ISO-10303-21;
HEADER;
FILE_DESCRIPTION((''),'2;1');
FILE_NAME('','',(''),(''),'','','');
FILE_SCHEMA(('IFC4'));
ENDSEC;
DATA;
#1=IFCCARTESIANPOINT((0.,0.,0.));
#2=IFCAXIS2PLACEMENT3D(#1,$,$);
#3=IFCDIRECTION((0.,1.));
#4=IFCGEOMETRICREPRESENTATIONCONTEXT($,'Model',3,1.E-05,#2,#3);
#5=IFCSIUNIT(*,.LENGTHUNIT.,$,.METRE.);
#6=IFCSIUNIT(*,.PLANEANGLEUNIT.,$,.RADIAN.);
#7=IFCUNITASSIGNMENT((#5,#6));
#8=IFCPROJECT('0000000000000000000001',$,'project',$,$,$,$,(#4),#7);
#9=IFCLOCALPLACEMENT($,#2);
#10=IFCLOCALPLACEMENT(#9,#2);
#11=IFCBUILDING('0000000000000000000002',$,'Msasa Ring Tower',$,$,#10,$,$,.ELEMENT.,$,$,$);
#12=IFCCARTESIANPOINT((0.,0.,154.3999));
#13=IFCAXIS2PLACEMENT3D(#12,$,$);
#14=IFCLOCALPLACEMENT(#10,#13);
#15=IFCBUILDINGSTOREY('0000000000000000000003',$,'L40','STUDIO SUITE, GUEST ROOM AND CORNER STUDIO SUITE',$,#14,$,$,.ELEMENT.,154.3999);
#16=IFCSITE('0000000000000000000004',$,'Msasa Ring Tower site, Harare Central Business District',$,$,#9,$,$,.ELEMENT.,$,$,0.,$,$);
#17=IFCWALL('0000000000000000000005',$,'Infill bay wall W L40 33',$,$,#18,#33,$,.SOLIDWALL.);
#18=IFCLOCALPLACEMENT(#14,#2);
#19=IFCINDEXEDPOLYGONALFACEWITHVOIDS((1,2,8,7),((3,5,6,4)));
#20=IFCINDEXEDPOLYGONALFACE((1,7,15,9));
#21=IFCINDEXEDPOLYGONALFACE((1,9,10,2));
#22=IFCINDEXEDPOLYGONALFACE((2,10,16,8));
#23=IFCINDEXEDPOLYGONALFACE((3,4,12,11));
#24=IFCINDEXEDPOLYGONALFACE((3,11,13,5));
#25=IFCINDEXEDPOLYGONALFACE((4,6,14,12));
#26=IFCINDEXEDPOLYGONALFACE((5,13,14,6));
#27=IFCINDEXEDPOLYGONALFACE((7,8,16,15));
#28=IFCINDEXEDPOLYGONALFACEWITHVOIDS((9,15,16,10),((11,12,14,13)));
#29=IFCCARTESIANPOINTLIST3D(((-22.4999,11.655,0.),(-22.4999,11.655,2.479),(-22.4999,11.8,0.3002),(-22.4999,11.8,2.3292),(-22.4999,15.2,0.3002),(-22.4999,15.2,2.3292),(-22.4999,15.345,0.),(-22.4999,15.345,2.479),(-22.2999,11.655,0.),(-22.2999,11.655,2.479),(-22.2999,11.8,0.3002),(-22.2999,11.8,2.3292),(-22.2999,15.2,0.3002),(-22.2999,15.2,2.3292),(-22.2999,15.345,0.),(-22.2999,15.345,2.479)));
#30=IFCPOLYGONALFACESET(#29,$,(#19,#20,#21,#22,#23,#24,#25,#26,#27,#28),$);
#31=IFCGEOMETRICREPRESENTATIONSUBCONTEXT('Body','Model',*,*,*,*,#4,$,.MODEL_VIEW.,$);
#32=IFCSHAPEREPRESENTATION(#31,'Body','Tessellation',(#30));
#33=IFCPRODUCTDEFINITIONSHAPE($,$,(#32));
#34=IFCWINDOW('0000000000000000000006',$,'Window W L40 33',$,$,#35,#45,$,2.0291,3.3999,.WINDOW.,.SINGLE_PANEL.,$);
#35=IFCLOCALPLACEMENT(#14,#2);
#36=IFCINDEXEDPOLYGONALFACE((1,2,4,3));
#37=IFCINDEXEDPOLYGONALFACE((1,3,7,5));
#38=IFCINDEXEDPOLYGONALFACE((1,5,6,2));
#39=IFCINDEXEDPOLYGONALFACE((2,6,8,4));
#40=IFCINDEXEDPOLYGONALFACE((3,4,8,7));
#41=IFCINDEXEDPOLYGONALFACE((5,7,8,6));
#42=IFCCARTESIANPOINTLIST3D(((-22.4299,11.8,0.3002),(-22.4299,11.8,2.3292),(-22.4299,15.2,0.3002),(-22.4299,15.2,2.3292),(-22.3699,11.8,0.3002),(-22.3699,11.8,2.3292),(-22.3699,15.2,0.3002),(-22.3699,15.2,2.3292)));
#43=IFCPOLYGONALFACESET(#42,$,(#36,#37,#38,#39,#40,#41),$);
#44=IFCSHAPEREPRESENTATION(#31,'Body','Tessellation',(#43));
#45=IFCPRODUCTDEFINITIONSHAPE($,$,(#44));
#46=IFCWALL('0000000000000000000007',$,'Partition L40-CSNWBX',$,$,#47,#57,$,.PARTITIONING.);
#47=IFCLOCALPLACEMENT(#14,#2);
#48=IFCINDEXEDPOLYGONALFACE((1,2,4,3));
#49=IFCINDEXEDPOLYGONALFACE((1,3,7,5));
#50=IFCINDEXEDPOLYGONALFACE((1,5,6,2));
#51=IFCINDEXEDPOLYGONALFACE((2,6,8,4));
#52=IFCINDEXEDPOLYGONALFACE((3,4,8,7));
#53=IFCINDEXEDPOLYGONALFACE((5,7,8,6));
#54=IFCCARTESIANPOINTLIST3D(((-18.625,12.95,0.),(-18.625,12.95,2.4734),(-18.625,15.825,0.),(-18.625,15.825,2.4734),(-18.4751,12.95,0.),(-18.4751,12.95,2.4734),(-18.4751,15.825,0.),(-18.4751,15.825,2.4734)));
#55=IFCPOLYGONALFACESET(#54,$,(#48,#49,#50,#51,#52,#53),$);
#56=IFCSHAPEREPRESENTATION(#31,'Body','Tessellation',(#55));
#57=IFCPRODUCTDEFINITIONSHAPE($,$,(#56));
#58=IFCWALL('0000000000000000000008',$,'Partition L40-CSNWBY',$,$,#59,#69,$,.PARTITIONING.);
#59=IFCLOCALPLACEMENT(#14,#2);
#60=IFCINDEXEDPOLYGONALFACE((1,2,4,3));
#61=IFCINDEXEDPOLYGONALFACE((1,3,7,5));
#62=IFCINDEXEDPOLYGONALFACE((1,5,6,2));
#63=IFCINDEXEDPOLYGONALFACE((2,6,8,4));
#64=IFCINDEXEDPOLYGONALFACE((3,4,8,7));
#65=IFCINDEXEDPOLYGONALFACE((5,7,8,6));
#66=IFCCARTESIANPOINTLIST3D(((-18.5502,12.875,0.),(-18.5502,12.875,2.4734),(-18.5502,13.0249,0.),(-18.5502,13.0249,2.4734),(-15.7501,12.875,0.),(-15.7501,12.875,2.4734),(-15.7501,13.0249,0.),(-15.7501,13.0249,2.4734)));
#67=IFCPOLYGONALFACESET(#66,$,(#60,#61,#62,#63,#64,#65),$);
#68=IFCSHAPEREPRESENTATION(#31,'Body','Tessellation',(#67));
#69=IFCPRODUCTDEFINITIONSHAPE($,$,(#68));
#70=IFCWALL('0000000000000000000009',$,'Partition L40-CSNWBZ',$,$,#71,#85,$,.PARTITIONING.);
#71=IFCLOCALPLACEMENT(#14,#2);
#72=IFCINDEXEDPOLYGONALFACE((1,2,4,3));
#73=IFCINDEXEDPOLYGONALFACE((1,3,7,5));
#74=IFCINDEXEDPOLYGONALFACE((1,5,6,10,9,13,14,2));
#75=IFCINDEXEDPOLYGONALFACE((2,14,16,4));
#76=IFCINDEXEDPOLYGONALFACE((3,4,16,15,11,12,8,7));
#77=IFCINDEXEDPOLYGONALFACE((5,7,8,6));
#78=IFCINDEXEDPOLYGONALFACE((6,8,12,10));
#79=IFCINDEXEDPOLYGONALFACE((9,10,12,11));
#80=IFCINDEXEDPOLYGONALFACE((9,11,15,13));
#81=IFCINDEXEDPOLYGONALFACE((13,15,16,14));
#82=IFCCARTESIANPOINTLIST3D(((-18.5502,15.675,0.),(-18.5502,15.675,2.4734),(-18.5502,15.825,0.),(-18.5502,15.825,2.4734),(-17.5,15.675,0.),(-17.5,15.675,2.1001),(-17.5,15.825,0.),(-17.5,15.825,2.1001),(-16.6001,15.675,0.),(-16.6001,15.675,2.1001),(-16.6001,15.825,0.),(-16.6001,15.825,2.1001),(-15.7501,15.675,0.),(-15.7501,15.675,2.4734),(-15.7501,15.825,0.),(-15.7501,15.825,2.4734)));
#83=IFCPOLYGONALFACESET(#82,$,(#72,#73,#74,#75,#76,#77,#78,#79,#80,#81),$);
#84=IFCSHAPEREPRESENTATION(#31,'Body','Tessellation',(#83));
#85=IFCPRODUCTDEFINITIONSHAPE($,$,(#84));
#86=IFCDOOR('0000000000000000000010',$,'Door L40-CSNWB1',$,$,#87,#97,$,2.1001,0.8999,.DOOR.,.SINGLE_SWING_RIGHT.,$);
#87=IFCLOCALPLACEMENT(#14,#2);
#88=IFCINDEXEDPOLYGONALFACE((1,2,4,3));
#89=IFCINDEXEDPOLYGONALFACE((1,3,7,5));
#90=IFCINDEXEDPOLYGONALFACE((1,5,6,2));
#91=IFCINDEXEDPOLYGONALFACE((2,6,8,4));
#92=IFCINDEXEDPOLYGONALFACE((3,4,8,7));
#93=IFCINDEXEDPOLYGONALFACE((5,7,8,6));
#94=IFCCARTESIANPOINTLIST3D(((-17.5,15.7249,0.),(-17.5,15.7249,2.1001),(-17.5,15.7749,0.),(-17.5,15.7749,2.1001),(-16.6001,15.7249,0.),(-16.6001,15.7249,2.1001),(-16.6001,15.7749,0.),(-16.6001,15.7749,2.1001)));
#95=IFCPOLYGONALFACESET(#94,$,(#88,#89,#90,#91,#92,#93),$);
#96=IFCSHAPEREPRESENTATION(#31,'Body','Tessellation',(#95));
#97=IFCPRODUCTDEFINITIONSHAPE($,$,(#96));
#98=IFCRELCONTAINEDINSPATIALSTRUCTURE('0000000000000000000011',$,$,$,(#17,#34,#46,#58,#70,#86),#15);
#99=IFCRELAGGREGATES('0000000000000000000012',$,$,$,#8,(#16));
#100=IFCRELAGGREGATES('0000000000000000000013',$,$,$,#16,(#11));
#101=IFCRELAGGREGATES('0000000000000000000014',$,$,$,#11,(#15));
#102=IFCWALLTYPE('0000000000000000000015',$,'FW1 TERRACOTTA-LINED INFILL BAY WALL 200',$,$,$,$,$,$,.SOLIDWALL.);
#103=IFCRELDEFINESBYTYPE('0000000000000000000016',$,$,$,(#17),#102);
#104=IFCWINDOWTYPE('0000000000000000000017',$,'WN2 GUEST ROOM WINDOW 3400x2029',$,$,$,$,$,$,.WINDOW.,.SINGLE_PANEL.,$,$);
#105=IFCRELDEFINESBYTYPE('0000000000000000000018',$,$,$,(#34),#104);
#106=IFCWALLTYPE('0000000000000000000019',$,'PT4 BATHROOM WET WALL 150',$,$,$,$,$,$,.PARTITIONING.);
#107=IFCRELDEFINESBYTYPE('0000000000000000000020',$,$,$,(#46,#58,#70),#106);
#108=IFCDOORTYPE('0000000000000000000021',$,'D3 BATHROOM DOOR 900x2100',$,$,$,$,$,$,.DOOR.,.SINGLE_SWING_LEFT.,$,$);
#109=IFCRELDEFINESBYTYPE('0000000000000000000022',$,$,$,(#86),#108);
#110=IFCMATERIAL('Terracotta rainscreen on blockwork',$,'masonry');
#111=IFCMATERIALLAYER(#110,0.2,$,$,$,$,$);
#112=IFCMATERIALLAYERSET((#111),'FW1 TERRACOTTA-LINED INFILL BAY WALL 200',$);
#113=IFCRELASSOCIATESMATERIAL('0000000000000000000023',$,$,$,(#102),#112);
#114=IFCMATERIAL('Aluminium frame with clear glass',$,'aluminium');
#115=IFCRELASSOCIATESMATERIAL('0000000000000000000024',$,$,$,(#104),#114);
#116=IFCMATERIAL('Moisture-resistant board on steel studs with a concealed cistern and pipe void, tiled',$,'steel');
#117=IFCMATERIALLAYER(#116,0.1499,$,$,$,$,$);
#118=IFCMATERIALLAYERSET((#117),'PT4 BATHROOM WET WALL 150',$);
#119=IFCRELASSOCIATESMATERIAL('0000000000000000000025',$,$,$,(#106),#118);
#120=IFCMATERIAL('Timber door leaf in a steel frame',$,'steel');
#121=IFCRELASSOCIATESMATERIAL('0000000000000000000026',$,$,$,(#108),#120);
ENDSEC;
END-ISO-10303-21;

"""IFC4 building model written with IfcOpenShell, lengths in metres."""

from ifc_helpers import new_model, si_unit, direction, frame, frame_2d, origin, place, context, subcontext, project, spatial, rectangle, extrude, material, layer, layer_set, type_object, element, fill, save


model = new_model("IFC4")

# Units and contexts
model_context = context("Model", 3, precision=1e-05, world=origin(), true_north=direction((0.0, 1.0)))
body_context = subcontext(model_context, "Body", "Model", "MODEL_VIEW")
ifc_project = project(units=[si_unit("LENGTHUNIT", "METRE"), si_unit("PLANEANGLEUNIT", "RADIAN")], contexts=[model_context])

# Site, building, storey
site_placement = place(None, origin())
site = spatial("IfcSite", under=ifc_project, at=site_placement, Name="Msasa Ring Tower site, Harare Central Business District", CompositionType="ELEMENT", RefElevation=0.0)
building_placement = place(site_placement, origin())
building = spatial("IfcBuilding", under=site, at=building_placement, Name="Msasa Ring Tower", CompositionType="ELEMENT")
storey_placement = place(building_placement, frame((0.0, 0.0, 154.3999)))
storey = spatial("IfcBuildingStorey", under=building, at=storey_placement, Name="L40", Description="STUDIO SUITE, GUEST ROOM AND CORNER STUDIO SUITE", CompositionType="ELEMENT", Elevation=154.3999)

# Wall, opening, window
ifc_material_1 = material(Name="Terracotta rainscreen on blockwork", Category="masonry")
ifc_layer_1 = layer(ifc_material_1, 0.2)
ifc_layer_set_1 = layer_set([ifc_layer_1], Name="FW1 TERRACOTTA-LINED INFILL BAY WALL 200")
wall_type_1 = type_object("IfcWallType", Name="FW1 TERRACOTTA-LINED INFILL BAY WALL 200", PredefinedType="SOLIDWALL", material=ifc_layer_set_1)
wall_1_placement = place(storey_placement, frame((-22.3999, 11.655, 0.0), z_axis=(0.0, 0.0, 1.0), x_axis=(0.0, 1.0, 0.0)))
wall_1 = element("IfcWall", 1, at=wall_1_placement, inside=storey, type_object=wall_type_1, Name="Infill bay wall W L40 33", PredefinedType="SOLIDWALL", context=body_context, shape_type="SweptSolid", body=[
    extrude(rectangle(XDim=3.6899, YDim=0.2, at=frame_2d((1.845, 0.0))), origin(), (0.0, 0.0, 1.0), 2.479),
])
opening_1_placement = place(wall_1_placement, frame((0.145, 0.0, 0.3)))
opening_1 = element("IfcOpeningElement", 2, at=opening_1_placement, cuts=wall_1, PredefinedType="OPENING", context=body_context, shape_type="SweptSolid", body=[
    extrude(rectangle(XDim=3.3999, YDim=2.0291, at=frame_2d((1.7, 1.0146))), frame((0.0, 0.1099, 0.0), z_axis=(0.0, -1.0, 0.0), x_axis=(1.0, 0.0, 0.0)), (0.0, 0.0, 1.0), 0.22),
])
ifc_material_2 = material(Name="Aluminium frame with clear glass", Category="aluminium")
window_type = type_object("IfcWindowType", Name="WN2 GUEST ROOM WINDOW 3400x2029", PartitioningType="SINGLE_PANEL", PredefinedType="WINDOW", material=ifc_material_2)
window_placement = place(opening_1_placement, origin())
window = element("IfcWindow", 3, at=window_placement, inside=storey, type_object=window_type, Name="Window W L40 33", OverallHeight=2.0291, OverallWidth=3.3999, PartitioningType="SINGLE_PANEL", PredefinedType="WINDOW", context=body_context, shape_type="SweptSolid", body=[
    extrude(rectangle(XDim=3.3999, YDim=2.0291, at=frame_2d((1.7, 1.0146))), frame((0.0, 0.03, 0.0), z_axis=(0.0, -1.0, 0.0), x_axis=(1.0, 0.0, 0.0)), (0.0, 0.0, 1.0), 0.0601),
])
fill(opening_1, window)

# Walls
ifc_material_3 = material(Name="Moisture-resistant board on steel studs with a concealed cistern and pipe void, tiled", Category="steel")
ifc_layer_2 = layer(ifc_material_3, 0.1499)
ifc_layer_set_2 = layer_set([ifc_layer_2], Name="PT4 BATHROOM WET WALL 150")
wall_type_2 = type_object("IfcWallType", Name="PT4 BATHROOM WET WALL 150", PredefinedType="PARTITIONING", material=ifc_layer_set_2)
wall_2_placement = place(storey_placement, frame((-18.55, 12.95, 0.0), z_axis=(0.0, 0.0, 1.0), x_axis=(0.0, 1.0, 0.0)))
element("IfcWall", 4, at=wall_2_placement, inside=storey, type_object=wall_type_2, Name="Partition L40-CSNWBX", PredefinedType="PARTITIONING", context=body_context, shape_type="SweptSolid", body=[
    extrude(rectangle(XDim=2.875, YDim=0.1499, at=frame_2d((1.4375, 0.0))), origin(), (0.0, 0.0, 1.0), 2.4734),
])
wall_3_placement = place(storey_placement, frame((-18.55, 12.95, 0.0), z_axis=(0.0, 0.0, 1.0), x_axis=(1.0, 0.0, 0.0)))
element("IfcWall", 5, at=wall_3_placement, inside=storey, type_object=wall_type_2, Name="Partition L40-CSNWBY", PredefinedType="PARTITIONING", context=body_context, shape_type="SweptSolid", body=[
    extrude(rectangle(XDim=2.8, YDim=0.1499, at=frame_2d((1.3999, 0.0))), origin(), (0.0, 0.0, 1.0), 2.4734),
])

# Wall, opening, door
wall_4_placement = place(storey_placement, frame((-18.55, 15.75, 0.0), z_axis=(0.0, 0.0, 1.0), x_axis=(1.0, 0.0, 0.0)))
wall_4 = element("IfcWall", 6, at=wall_4_placement, inside=storey, type_object=wall_type_2, Name="Partition L40-CSNWBZ", PredefinedType="PARTITIONING", context=body_context, shape_type="SweptSolid", body=[
    extrude(rectangle(XDim=2.8, YDim=0.1499, at=frame_2d((1.3999, 0.0))), origin(), (0.0, 0.0, 1.0), 2.4734),
])
opening_2_placement = place(wall_4_placement, frame((1.05, 0.0, 0.0)))
opening_2 = element("IfcOpeningElement", 7, at=opening_2_placement, cuts=wall_4, PredefinedType="OPENING", context=body_context, shape_type="SweptSolid", body=[
    extrude(rectangle(XDim=0.8999, YDim=2.1001, at=frame_2d((0.45, 1.05))), frame((0.0, 0.085, 0.0), z_axis=(0.0, -1.0, 0.0), x_axis=(1.0, 0.0, 0.0)), (0.0, 0.0, 1.0), 0.1699),
])
ifc_material_4 = material(Name="Timber door leaf in a steel frame", Category="steel")
door_type = type_object("IfcDoorType", Name="D3 BATHROOM DOOR 900x2100", OperationType="SINGLE_SWING_LEFT", PredefinedType="DOOR", material=ifc_material_4)
door_placement = place(opening_2_placement, origin())
door = element("IfcDoor", 8, at=door_placement, inside=storey, type_object=door_type, Name="Door L40-CSNWB1", OperationType="SINGLE_SWING_RIGHT", OverallHeight=2.1001, OverallWidth=0.8999, PredefinedType="DOOR", context=body_context, shape_type="SweptSolid", body=[
    extrude(rectangle(XDim=0.8999, YDim=2.1001, at=frame_2d((0.45, 1.05))), frame((0.0, 0.0249, 0.0), z_axis=(0.0, -1.0, 0.0), x_axis=(1.0, 0.0, 0.0)), (0.0, 0.0, 1.0), 0.05),
])
fill(opening_2, door)

save(model, "model.ifc")
